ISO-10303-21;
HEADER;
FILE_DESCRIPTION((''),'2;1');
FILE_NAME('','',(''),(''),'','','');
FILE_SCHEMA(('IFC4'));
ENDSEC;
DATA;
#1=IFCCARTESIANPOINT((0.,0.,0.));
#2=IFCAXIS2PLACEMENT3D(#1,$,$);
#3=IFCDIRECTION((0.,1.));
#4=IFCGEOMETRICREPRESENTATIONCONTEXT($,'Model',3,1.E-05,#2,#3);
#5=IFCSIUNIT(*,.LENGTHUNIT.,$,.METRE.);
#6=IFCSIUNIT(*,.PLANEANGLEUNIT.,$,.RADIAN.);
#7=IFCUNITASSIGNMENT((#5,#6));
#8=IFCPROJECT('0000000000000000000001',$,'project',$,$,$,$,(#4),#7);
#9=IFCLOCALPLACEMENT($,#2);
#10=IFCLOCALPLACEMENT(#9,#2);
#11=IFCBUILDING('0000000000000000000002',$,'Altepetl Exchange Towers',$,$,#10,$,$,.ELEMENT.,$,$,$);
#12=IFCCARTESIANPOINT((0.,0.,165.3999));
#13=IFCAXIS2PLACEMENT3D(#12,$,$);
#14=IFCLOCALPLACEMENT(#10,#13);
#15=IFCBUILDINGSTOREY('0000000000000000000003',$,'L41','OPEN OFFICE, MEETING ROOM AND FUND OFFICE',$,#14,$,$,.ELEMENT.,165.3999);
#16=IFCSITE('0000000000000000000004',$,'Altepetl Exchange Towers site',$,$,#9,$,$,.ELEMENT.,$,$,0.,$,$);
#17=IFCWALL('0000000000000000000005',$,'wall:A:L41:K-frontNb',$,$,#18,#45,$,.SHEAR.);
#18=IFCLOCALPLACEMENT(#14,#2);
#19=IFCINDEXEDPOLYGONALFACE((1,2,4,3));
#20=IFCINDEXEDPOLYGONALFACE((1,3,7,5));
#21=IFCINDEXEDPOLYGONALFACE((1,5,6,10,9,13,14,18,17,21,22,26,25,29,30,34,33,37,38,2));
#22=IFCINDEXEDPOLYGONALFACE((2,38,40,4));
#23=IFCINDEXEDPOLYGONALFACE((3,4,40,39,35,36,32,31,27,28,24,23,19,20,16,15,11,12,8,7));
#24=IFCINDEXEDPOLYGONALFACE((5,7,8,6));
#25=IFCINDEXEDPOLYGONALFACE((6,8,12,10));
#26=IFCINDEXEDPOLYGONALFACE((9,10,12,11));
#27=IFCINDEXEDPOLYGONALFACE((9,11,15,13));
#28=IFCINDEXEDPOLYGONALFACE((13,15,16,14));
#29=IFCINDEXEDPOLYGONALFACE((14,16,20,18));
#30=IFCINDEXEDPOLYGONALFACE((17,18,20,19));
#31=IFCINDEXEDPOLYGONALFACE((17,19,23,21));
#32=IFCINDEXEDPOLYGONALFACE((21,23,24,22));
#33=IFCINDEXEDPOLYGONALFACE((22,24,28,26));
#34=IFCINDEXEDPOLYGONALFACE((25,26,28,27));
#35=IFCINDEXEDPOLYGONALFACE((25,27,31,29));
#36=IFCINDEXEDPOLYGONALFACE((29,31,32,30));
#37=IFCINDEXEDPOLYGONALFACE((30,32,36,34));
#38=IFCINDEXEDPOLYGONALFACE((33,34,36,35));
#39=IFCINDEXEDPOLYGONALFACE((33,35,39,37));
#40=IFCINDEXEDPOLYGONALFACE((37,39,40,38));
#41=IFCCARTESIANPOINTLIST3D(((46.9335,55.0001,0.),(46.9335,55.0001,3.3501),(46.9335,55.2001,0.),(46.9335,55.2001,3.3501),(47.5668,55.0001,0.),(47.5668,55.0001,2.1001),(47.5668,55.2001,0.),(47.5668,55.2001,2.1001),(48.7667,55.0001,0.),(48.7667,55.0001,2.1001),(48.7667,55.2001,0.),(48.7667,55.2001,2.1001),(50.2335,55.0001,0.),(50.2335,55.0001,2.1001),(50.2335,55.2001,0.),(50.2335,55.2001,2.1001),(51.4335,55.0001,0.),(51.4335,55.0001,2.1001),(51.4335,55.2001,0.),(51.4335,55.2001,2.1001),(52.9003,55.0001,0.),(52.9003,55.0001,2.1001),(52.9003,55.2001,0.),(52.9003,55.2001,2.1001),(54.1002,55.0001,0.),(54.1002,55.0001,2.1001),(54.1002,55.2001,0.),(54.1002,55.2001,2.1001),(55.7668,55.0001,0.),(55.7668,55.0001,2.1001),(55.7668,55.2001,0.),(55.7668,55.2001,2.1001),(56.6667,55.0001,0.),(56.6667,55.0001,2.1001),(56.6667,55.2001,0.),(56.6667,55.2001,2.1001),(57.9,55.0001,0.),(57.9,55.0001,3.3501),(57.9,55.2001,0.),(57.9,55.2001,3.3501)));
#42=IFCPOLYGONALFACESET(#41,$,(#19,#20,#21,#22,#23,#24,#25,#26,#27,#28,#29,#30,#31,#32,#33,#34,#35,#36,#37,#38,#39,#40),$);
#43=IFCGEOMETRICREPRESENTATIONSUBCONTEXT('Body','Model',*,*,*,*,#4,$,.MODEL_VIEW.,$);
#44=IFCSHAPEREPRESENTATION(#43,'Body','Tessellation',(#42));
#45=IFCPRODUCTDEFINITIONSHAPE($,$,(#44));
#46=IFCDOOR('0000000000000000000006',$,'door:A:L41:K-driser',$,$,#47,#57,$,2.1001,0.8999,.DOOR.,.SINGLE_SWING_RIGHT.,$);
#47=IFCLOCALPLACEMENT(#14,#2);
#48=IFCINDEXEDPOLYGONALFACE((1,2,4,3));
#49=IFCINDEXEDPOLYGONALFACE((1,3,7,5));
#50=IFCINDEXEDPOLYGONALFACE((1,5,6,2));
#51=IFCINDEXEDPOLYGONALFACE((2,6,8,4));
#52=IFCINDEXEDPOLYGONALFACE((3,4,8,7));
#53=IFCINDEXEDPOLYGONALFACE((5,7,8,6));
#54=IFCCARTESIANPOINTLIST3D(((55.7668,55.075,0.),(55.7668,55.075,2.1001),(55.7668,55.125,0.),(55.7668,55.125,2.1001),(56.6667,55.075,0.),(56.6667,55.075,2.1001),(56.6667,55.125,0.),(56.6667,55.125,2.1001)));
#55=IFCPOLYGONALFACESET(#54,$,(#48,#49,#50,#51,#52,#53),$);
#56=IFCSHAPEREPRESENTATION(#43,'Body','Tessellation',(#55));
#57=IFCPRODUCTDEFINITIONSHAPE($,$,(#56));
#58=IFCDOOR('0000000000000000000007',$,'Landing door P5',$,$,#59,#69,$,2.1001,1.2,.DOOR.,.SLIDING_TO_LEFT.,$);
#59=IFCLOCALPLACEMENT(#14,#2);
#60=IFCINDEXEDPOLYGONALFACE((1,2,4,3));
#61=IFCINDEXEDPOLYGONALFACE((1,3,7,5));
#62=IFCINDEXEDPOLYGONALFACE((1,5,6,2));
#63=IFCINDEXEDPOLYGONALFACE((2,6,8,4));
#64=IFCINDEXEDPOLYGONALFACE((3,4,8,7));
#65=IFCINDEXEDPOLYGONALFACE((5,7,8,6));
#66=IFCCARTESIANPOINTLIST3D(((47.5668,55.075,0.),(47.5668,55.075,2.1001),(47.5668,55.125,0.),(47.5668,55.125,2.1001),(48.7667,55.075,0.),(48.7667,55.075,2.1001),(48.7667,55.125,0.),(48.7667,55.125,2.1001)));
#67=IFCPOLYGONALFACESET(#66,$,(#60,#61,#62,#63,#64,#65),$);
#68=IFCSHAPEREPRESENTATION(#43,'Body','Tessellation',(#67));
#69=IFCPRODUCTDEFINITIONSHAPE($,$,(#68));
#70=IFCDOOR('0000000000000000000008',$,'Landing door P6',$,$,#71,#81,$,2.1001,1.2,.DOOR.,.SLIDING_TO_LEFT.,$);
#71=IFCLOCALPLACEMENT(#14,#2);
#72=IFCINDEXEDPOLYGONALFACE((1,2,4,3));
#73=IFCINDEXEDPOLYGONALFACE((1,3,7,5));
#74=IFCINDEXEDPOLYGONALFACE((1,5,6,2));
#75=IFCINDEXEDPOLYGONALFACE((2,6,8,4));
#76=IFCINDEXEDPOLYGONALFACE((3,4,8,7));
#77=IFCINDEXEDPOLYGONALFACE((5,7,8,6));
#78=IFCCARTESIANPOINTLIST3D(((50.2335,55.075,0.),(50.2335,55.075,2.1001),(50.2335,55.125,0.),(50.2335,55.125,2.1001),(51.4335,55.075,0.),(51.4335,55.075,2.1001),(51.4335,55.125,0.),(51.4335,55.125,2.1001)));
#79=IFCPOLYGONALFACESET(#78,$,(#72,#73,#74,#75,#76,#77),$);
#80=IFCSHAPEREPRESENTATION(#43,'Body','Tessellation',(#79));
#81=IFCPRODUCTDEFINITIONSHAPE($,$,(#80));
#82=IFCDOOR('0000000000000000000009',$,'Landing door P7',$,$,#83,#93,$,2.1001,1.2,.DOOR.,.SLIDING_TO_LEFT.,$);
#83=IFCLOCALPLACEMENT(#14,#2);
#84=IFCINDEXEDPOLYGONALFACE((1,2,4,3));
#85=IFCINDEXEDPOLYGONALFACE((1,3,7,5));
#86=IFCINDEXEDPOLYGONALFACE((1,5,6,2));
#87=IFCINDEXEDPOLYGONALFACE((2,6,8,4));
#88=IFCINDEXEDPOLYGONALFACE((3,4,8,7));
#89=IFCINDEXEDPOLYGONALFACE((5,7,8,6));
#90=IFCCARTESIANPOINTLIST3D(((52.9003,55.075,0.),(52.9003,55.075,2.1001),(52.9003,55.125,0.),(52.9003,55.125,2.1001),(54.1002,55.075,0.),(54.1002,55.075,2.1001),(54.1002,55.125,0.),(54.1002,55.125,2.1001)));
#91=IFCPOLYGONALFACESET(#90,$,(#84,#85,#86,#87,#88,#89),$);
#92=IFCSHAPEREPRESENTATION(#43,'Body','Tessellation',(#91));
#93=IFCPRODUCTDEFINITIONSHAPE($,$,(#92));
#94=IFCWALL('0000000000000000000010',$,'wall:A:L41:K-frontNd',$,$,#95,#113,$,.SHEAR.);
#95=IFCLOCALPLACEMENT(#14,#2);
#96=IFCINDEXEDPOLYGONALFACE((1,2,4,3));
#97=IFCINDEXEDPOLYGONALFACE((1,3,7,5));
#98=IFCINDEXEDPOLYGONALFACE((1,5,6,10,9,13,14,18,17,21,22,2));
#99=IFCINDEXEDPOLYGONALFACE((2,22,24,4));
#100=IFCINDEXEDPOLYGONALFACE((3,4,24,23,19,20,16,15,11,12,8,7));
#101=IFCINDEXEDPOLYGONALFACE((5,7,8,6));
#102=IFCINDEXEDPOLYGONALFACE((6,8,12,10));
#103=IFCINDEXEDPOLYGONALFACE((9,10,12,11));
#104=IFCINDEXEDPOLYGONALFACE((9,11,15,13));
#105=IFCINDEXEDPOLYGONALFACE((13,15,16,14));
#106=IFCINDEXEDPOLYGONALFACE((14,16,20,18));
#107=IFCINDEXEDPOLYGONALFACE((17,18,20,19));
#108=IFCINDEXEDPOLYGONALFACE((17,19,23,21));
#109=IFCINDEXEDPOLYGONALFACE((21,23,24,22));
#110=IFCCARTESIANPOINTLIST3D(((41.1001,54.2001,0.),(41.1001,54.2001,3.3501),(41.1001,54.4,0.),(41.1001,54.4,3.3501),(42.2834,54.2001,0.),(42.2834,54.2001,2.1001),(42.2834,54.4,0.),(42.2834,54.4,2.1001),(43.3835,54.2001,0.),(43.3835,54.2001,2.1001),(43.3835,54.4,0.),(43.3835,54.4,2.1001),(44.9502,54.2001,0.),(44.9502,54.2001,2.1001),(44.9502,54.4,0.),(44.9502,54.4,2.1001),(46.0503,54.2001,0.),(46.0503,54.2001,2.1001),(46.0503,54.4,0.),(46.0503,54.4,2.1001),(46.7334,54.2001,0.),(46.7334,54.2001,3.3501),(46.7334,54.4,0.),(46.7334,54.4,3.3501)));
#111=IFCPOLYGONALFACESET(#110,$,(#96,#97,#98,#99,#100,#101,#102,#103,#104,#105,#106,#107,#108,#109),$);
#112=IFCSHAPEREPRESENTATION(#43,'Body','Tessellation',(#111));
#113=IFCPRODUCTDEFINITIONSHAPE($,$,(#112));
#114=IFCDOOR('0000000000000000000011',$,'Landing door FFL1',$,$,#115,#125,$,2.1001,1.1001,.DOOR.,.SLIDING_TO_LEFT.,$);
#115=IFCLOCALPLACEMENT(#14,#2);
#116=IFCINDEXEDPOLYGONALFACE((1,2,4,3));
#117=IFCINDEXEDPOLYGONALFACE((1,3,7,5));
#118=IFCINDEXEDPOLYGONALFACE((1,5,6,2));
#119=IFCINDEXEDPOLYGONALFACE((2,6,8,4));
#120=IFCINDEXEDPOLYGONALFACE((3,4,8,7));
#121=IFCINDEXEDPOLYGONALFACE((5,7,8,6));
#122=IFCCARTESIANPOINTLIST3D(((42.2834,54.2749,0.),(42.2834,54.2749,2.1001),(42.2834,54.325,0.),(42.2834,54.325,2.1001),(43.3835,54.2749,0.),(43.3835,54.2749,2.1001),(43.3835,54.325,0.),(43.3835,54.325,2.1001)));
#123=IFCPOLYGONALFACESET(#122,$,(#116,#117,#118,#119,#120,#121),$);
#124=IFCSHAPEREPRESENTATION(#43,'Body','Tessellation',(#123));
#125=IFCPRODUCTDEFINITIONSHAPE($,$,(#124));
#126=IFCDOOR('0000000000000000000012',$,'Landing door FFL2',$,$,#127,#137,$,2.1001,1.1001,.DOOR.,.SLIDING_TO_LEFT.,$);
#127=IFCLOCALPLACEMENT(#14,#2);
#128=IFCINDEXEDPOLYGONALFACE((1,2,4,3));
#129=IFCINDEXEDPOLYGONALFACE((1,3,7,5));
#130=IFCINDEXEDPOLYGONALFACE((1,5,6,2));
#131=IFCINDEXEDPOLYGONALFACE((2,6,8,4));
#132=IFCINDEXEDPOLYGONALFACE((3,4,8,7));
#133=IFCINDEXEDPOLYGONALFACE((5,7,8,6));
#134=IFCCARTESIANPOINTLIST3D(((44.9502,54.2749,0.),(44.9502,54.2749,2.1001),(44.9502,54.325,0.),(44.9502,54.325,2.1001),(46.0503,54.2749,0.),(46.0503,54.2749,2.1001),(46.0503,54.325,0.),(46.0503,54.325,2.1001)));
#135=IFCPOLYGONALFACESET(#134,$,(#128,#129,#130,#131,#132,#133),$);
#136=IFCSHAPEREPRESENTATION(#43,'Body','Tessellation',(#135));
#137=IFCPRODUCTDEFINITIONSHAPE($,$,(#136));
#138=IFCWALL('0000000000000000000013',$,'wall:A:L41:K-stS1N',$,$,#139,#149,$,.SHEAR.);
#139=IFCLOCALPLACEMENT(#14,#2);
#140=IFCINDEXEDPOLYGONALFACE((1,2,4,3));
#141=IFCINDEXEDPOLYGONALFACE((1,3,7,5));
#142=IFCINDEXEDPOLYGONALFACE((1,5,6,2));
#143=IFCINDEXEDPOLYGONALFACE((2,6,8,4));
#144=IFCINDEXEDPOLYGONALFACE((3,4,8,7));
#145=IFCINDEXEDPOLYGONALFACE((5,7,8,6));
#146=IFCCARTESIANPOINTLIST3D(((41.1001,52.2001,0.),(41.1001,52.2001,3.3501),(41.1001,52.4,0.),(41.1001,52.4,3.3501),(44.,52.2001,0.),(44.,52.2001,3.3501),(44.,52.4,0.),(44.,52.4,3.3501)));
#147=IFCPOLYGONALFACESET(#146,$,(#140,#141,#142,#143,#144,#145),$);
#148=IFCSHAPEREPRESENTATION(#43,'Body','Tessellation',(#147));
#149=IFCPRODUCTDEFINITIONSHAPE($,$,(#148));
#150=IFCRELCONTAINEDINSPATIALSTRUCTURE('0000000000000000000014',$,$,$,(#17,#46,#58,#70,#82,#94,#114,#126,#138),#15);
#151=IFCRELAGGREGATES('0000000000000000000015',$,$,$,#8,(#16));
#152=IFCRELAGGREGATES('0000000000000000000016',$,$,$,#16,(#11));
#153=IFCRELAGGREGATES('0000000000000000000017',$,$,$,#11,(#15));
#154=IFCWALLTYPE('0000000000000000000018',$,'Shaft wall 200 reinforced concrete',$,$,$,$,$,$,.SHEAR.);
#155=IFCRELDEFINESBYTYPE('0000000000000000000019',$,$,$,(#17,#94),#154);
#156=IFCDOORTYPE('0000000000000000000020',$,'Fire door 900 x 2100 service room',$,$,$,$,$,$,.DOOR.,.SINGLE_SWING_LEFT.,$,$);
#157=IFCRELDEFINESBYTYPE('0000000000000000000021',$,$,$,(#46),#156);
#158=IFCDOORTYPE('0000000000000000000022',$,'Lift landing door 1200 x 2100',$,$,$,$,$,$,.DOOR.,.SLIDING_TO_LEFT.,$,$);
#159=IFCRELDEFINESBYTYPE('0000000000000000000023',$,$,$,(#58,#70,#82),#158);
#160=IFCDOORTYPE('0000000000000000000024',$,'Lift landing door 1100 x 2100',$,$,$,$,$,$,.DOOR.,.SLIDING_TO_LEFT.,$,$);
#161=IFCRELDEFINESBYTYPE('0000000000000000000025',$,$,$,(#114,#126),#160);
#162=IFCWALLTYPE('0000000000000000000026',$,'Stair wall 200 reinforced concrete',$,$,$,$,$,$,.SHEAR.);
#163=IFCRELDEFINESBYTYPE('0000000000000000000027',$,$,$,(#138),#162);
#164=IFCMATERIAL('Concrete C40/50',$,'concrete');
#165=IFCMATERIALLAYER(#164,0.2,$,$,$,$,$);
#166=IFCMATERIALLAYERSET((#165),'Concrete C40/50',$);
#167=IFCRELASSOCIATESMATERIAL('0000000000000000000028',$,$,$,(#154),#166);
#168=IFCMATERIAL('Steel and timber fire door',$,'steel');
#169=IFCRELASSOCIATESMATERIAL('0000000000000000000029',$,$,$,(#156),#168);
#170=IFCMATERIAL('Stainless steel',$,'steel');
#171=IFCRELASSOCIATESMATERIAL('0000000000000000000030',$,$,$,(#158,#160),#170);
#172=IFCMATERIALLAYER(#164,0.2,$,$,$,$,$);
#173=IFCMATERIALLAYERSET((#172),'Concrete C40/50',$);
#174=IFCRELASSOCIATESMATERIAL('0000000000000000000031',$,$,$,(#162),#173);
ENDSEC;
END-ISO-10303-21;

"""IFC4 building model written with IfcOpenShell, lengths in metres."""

from ifc_helpers import new_model, si_unit, direction, frame, frame_2d, origin, place, context, subcontext, project, spatial, rectangle, extrude, material, layer, layer_set, type_object, element, fill, save


model = new_model("IFC4")

# Units and contexts
model_context = context("Model", 3, precision=1e-05, world=origin(), true_north=direction((0.0, 1.0)))
body_context = subcontext(model_context, "Body", "Model", "MODEL_VIEW")
ifc_project = project(units=[si_unit("LENGTHUNIT", "METRE"), si_unit("PLANEANGLEUNIT", "RADIAN")], contexts=[model_context])

# Site, building, storey
site_placement = place(None, origin())
site = spatial("IfcSite", under=ifc_project, at=site_placement, Name="Altepetl Exchange Towers site", CompositionType="ELEMENT", RefElevation=0.0)
building_placement = place(site_placement, origin())
building = spatial("IfcBuilding", under=site, at=building_placement, Name="Altepetl Exchange Towers", CompositionType="ELEMENT")
storey_placement = place(building_placement, frame((0.0, 0.0, 165.3999)))
storey = spatial("IfcBuildingStorey", under=building, at=storey_placement, Name="L41", Description="OPEN OFFICE, MEETING ROOM AND FUND OFFICE", CompositionType="ELEMENT", Elevation=165.3999)

# Shared definitions
ifc_material_1 = material(Name="Steel and timber fire door", Category="steel")

# Shared definitions
ifc_material_2 = material(Name="Concrete C40/50", Category="concrete")
ifc_layer_1 = layer(ifc_material_2, 0.2)
ifc_layer_set_1 = layer_set([ifc_layer_1], Name="Concrete C40/50")
wall_type_1 = type_object("IfcWallType", Name="Shaft wall 200 reinforced concrete", PredefinedType="SHEAR", material=ifc_layer_set_1)

# Walls, openings, doors
wall_1_placement = place(storey_placement, frame((46.9333, 55.1001, 0.0)))
wall_1 = element("IfcWall", 1, at=wall_1_placement, inside=storey, type_object=wall_type_1, Name="wall:A:L41:K-frontNb", PredefinedType="SHEAR", context=body_context, shape_type="SweptSolid", body=[
    extrude(rectangle(XDim=10.9666, YDim=0.2, at=frame_2d((5.4834, 0.0))), origin(), (0.0, 0.0, 1.0), 3.3501),
])
opening_1_placement = place(wall_1_placement, frame((8.8335, 0.0, 0.0)))
opening_1 = element("IfcOpeningElement", 2, at=opening_1_placement, cuts=wall_1, PredefinedType="OPENING", context=body_context, shape_type="SweptSolid", body=[
    extrude(rectangle(XDim=0.8999, YDim=2.1001, at=frame_2d((0.45, 1.05))), frame((0.0, 0.1099, 0.0), z_axis=(0.0, -1.0, 0.0), x_axis=(1.0, 0.0, 0.0)), (0.0, 0.0, 1.0), 0.22),
])
opening_2_placement = place(wall_1_placement, frame((0.6333, 0.0, 0.0)))
opening_2 = element("IfcOpeningElement", 3, at=opening_2_placement, cuts=wall_1, PredefinedType="OPENING", context=body_context, shape_type="SweptSolid", body=[
    extrude(rectangle(XDim=1.2, YDim=2.1001, at=frame_2d((0.6001, 1.05))), frame((0.0, 0.1099, 0.0), z_axis=(0.0, -1.0, 0.0), x_axis=(1.0, 0.0, 0.0)), (0.0, 0.0, 1.0), 0.22),
])
opening_3_placement = place(wall_1_placement, frame((3.3, 0.0, 0.0)))
opening_3 = element("IfcOpeningElement", 4, at=opening_3_placement, cuts=wall_1, PredefinedType="OPENING", context=body_context, shape_type="SweptSolid", body=[
    extrude(rectangle(XDim=1.2, YDim=2.1001, at=frame_2d((0.6001, 1.05))), frame((0.0, 0.1099, 0.0), z_axis=(0.0, -1.0, 0.0), x_axis=(1.0, 0.0, 0.0)), (0.0, 0.0, 1.0), 0.22),
])
opening_4_placement = place(wall_1_placement, frame((5.9668, 0.0, 0.0)))
opening_4 = element("IfcOpeningElement", 5, at=opening_4_placement, cuts=wall_1, PredefinedType="OPENING", context=body_context, shape_type="SweptSolid", body=[
    extrude(rectangle(XDim=1.2, YDim=2.1001, at=frame_2d((0.6001, 1.05))), frame((0.0, 0.1099, 0.0), z_axis=(0.0, -1.0, 0.0), x_axis=(1.0, 0.0, 0.0)), (0.0, 0.0, 1.0), 0.22),
])
door_type_1 = type_object("IfcDoorType", Name="Fire door 900 x 2100 service room", OperationType="SINGLE_SWING_LEFT", PredefinedType="DOOR", material=ifc_material_1)
door_1_placement = place(opening_1_placement, origin())
door_1 = element("IfcDoor", 6, at=door_1_placement, inside=storey, type_object=door_type_1, Name="door:A:L41:K-driser", OperationType="SINGLE_SWING_RIGHT", OverallHeight=2.1001, OverallWidth=0.8999, PredefinedType="DOOR", context=body_context, shape_type="SweptSolid", body=[
    extrude(rectangle(XDim=0.8999, YDim=2.1001, at=frame_2d((0.45, 1.05))), frame((0.0, 0.0249, 0.0), z_axis=(0.0, -1.0, 0.0), x_axis=(1.0, 0.0, 0.0)), (0.0, 0.0, 1.0), 0.05),
])
fill(opening_1, door_1)
ifc_material_3 = material(Name="Stainless steel", Category="steel")
door_type_2 = type_object("IfcDoorType", Name="Lift landing door 1200 x 2100", OperationType="SLIDING_TO_LEFT", PredefinedType="DOOR", material=ifc_material_3)
door_2_placement = place(opening_2_placement, origin())
door_2 = element("IfcDoor", 7, at=door_2_placement, inside=storey, type_object=door_type_2, Name="Landing door P5", OperationType="SLIDING_TO_LEFT", OverallHeight=2.1001, OverallWidth=1.2, PredefinedType="DOOR", context=body_context, shape_type="SweptSolid", body=[
    extrude(rectangle(XDim=1.2, YDim=2.1001, at=frame_2d((0.6001, 1.05))), frame((0.0, 0.0249, 0.0), z_axis=(0.0, -1.0, 0.0), x_axis=(1.0, 0.0, 0.0)), (0.0, 0.0, 1.0), 0.05),
])
fill(opening_2, door_2)
door_3_placement = place(opening_3_placement, origin())
door_3 = element("IfcDoor", 8, at=door_3_placement, inside=storey, type_object=door_type_2, Name="Landing door P6", OperationType="SLIDING_TO_LEFT", OverallHeight=2.1001, OverallWidth=1.2, PredefinedType="DOOR", context=body_context, shape_type="SweptSolid", body=[
    extrude(rectangle(XDim=1.2, YDim=2.1001, at=frame_2d((0.6001, 1.05))), frame((0.0, 0.0249, 0.0), z_axis=(0.0, -1.0, 0.0), x_axis=(1.0, 0.0, 0.0)), (0.0, 0.0, 1.0), 0.05),
])
fill(opening_3, door_3)
door_4_placement = place(opening_4_placement, origin())
door_4 = element("IfcDoor", 9, at=door_4_placement, inside=storey, type_object=door_type_2, Name="Landing door P7", OperationType="SLIDING_TO_LEFT", OverallHeight=2.1001, OverallWidth=1.2, PredefinedType="DOOR", context=body_context, shape_type="SweptSolid", body=[
    extrude(rectangle(XDim=1.2, YDim=2.1001, at=frame_2d((0.6001, 1.05))), frame((0.0, 0.0249, 0.0), z_axis=(0.0, -1.0, 0.0), x_axis=(1.0, 0.0, 0.0)), (0.0, 0.0, 1.0), 0.05),
])
fill(opening_4, door_4)
wall_2_placement = place(storey_placement, frame((41.1001, 54.3, 0.0)))
wall_2 = element("IfcWall", 10, at=wall_2_placement, inside=storey, type_object=wall_type_1, Name="wall:A:L41:K-frontNd", PredefinedType="SHEAR", context=body_context, shape_type="SweptSolid", body=[
    extrude(rectangle(XDim=5.6333, YDim=0.2, at=frame_2d((2.8167, 0.0))), origin(), (0.0, 0.0, 1.0), 3.3501),
])
opening_5_placement = place(wall_2_placement, frame((1.1833, 0.0, 0.0)))
opening_5 = element("IfcOpeningElement", 11, at=opening_5_placement, cuts=wall_2, PredefinedType="OPENING", context=body_context, shape_type="SweptSolid", body=[
    extrude(rectangle(XDim=1.1001, YDim=2.1001, at=frame_2d((0.55, 1.05))), frame((0.0, 0.1099, 0.0), z_axis=(0.0, -1.0, 0.0), x_axis=(1.0, 0.0, 0.0)), (0.0, 0.0, 1.0), 0.22),
])
opening_6_placement = place(wall_2_placement, frame((3.8501, 0.0, 0.0)))
opening_6 = element("IfcOpeningElement", 12, at=opening_6_placement, cuts=wall_2, PredefinedType="OPENING", context=body_context, shape_type="SweptSolid", body=[
    extrude(rectangle(XDim=1.1001, YDim=2.1001, at=frame_2d((0.55, 1.05))), frame((0.0, 0.1099, 0.0), z_axis=(0.0, -1.0, 0.0), x_axis=(1.0, 0.0, 0.0)), (0.0, 0.0, 1.0), 0.22),
])
door_type_3 = type_object("IfcDoorType", Name="Lift landing door 1100 x 2100", OperationType="SLIDING_TO_LEFT", PredefinedType="DOOR", material=ifc_material_3)
door_5_placement = place(opening_5_placement, origin())
door_5 = element("IfcDoor", 13, at=door_5_placement, inside=storey, type_object=door_type_3, Name="Landing door FFL1", OperationType="SLIDING_TO_LEFT", OverallHeight=2.1001, OverallWidth=1.1001, PredefinedType="DOOR", context=body_context, shape_type="SweptSolid", body=[
    extrude(rectangle(XDim=1.1001, YDim=2.1001, at=frame_2d((0.55, 1.05))), frame((0.0, 0.0249, 0.0), z_axis=(0.0, -1.0, 0.0), x_axis=(1.0, 0.0, 0.0)), (0.0, 0.0, 1.0), 0.05),
])
fill(opening_5, door_5)
door_6_placement = place(opening_6_placement, origin())
door_6 = element("IfcDoor", 14, at=door_6_placement, inside=storey, type_object=door_type_3, Name="Landing door FFL2", OperationType="SLIDING_TO_LEFT", OverallHeight=2.1001, OverallWidth=1.1001, PredefinedType="DOOR", context=body_context, shape_type="SweptSolid", body=[
    extrude(rectangle(XDim=1.1001, YDim=2.1001, at=frame_2d((0.55, 1.05))), frame((0.0, 0.0249, 0.0), z_axis=(0.0, -1.0, 0.0), x_axis=(1.0, 0.0, 0.0)), (0.0, 0.0, 1.0), 0.05),
])
fill(opening_6, door_6)

# Wall
ifc_layer_2 = layer(ifc_material_2, 0.2)
ifc_layer_set_2 = layer_set([ifc_layer_2], Name="Concrete C40/50")
wall_type_2 = type_object("IfcWallType", Name="Stair wall 200 reinforced concrete", PredefinedType="SHEAR", material=ifc_layer_set_2)
wall_3_placement = place(storey_placement, frame((41.1001, 52.3, 0.0)))
element("IfcWall", 15, at=wall_3_placement, inside=storey, type_object=wall_type_2, Name="wall:A:L41:K-stS1N", PredefinedType="SHEAR", context=body_context, shape_type="SweptSolid", body=[
    extrude(rectangle(XDim=2.8999, YDim=0.2, at=frame_2d((1.45, 0.0))), origin(), (0.0, 0.0, 1.0), 3.3501),
])

save(model, "model.ifc")
